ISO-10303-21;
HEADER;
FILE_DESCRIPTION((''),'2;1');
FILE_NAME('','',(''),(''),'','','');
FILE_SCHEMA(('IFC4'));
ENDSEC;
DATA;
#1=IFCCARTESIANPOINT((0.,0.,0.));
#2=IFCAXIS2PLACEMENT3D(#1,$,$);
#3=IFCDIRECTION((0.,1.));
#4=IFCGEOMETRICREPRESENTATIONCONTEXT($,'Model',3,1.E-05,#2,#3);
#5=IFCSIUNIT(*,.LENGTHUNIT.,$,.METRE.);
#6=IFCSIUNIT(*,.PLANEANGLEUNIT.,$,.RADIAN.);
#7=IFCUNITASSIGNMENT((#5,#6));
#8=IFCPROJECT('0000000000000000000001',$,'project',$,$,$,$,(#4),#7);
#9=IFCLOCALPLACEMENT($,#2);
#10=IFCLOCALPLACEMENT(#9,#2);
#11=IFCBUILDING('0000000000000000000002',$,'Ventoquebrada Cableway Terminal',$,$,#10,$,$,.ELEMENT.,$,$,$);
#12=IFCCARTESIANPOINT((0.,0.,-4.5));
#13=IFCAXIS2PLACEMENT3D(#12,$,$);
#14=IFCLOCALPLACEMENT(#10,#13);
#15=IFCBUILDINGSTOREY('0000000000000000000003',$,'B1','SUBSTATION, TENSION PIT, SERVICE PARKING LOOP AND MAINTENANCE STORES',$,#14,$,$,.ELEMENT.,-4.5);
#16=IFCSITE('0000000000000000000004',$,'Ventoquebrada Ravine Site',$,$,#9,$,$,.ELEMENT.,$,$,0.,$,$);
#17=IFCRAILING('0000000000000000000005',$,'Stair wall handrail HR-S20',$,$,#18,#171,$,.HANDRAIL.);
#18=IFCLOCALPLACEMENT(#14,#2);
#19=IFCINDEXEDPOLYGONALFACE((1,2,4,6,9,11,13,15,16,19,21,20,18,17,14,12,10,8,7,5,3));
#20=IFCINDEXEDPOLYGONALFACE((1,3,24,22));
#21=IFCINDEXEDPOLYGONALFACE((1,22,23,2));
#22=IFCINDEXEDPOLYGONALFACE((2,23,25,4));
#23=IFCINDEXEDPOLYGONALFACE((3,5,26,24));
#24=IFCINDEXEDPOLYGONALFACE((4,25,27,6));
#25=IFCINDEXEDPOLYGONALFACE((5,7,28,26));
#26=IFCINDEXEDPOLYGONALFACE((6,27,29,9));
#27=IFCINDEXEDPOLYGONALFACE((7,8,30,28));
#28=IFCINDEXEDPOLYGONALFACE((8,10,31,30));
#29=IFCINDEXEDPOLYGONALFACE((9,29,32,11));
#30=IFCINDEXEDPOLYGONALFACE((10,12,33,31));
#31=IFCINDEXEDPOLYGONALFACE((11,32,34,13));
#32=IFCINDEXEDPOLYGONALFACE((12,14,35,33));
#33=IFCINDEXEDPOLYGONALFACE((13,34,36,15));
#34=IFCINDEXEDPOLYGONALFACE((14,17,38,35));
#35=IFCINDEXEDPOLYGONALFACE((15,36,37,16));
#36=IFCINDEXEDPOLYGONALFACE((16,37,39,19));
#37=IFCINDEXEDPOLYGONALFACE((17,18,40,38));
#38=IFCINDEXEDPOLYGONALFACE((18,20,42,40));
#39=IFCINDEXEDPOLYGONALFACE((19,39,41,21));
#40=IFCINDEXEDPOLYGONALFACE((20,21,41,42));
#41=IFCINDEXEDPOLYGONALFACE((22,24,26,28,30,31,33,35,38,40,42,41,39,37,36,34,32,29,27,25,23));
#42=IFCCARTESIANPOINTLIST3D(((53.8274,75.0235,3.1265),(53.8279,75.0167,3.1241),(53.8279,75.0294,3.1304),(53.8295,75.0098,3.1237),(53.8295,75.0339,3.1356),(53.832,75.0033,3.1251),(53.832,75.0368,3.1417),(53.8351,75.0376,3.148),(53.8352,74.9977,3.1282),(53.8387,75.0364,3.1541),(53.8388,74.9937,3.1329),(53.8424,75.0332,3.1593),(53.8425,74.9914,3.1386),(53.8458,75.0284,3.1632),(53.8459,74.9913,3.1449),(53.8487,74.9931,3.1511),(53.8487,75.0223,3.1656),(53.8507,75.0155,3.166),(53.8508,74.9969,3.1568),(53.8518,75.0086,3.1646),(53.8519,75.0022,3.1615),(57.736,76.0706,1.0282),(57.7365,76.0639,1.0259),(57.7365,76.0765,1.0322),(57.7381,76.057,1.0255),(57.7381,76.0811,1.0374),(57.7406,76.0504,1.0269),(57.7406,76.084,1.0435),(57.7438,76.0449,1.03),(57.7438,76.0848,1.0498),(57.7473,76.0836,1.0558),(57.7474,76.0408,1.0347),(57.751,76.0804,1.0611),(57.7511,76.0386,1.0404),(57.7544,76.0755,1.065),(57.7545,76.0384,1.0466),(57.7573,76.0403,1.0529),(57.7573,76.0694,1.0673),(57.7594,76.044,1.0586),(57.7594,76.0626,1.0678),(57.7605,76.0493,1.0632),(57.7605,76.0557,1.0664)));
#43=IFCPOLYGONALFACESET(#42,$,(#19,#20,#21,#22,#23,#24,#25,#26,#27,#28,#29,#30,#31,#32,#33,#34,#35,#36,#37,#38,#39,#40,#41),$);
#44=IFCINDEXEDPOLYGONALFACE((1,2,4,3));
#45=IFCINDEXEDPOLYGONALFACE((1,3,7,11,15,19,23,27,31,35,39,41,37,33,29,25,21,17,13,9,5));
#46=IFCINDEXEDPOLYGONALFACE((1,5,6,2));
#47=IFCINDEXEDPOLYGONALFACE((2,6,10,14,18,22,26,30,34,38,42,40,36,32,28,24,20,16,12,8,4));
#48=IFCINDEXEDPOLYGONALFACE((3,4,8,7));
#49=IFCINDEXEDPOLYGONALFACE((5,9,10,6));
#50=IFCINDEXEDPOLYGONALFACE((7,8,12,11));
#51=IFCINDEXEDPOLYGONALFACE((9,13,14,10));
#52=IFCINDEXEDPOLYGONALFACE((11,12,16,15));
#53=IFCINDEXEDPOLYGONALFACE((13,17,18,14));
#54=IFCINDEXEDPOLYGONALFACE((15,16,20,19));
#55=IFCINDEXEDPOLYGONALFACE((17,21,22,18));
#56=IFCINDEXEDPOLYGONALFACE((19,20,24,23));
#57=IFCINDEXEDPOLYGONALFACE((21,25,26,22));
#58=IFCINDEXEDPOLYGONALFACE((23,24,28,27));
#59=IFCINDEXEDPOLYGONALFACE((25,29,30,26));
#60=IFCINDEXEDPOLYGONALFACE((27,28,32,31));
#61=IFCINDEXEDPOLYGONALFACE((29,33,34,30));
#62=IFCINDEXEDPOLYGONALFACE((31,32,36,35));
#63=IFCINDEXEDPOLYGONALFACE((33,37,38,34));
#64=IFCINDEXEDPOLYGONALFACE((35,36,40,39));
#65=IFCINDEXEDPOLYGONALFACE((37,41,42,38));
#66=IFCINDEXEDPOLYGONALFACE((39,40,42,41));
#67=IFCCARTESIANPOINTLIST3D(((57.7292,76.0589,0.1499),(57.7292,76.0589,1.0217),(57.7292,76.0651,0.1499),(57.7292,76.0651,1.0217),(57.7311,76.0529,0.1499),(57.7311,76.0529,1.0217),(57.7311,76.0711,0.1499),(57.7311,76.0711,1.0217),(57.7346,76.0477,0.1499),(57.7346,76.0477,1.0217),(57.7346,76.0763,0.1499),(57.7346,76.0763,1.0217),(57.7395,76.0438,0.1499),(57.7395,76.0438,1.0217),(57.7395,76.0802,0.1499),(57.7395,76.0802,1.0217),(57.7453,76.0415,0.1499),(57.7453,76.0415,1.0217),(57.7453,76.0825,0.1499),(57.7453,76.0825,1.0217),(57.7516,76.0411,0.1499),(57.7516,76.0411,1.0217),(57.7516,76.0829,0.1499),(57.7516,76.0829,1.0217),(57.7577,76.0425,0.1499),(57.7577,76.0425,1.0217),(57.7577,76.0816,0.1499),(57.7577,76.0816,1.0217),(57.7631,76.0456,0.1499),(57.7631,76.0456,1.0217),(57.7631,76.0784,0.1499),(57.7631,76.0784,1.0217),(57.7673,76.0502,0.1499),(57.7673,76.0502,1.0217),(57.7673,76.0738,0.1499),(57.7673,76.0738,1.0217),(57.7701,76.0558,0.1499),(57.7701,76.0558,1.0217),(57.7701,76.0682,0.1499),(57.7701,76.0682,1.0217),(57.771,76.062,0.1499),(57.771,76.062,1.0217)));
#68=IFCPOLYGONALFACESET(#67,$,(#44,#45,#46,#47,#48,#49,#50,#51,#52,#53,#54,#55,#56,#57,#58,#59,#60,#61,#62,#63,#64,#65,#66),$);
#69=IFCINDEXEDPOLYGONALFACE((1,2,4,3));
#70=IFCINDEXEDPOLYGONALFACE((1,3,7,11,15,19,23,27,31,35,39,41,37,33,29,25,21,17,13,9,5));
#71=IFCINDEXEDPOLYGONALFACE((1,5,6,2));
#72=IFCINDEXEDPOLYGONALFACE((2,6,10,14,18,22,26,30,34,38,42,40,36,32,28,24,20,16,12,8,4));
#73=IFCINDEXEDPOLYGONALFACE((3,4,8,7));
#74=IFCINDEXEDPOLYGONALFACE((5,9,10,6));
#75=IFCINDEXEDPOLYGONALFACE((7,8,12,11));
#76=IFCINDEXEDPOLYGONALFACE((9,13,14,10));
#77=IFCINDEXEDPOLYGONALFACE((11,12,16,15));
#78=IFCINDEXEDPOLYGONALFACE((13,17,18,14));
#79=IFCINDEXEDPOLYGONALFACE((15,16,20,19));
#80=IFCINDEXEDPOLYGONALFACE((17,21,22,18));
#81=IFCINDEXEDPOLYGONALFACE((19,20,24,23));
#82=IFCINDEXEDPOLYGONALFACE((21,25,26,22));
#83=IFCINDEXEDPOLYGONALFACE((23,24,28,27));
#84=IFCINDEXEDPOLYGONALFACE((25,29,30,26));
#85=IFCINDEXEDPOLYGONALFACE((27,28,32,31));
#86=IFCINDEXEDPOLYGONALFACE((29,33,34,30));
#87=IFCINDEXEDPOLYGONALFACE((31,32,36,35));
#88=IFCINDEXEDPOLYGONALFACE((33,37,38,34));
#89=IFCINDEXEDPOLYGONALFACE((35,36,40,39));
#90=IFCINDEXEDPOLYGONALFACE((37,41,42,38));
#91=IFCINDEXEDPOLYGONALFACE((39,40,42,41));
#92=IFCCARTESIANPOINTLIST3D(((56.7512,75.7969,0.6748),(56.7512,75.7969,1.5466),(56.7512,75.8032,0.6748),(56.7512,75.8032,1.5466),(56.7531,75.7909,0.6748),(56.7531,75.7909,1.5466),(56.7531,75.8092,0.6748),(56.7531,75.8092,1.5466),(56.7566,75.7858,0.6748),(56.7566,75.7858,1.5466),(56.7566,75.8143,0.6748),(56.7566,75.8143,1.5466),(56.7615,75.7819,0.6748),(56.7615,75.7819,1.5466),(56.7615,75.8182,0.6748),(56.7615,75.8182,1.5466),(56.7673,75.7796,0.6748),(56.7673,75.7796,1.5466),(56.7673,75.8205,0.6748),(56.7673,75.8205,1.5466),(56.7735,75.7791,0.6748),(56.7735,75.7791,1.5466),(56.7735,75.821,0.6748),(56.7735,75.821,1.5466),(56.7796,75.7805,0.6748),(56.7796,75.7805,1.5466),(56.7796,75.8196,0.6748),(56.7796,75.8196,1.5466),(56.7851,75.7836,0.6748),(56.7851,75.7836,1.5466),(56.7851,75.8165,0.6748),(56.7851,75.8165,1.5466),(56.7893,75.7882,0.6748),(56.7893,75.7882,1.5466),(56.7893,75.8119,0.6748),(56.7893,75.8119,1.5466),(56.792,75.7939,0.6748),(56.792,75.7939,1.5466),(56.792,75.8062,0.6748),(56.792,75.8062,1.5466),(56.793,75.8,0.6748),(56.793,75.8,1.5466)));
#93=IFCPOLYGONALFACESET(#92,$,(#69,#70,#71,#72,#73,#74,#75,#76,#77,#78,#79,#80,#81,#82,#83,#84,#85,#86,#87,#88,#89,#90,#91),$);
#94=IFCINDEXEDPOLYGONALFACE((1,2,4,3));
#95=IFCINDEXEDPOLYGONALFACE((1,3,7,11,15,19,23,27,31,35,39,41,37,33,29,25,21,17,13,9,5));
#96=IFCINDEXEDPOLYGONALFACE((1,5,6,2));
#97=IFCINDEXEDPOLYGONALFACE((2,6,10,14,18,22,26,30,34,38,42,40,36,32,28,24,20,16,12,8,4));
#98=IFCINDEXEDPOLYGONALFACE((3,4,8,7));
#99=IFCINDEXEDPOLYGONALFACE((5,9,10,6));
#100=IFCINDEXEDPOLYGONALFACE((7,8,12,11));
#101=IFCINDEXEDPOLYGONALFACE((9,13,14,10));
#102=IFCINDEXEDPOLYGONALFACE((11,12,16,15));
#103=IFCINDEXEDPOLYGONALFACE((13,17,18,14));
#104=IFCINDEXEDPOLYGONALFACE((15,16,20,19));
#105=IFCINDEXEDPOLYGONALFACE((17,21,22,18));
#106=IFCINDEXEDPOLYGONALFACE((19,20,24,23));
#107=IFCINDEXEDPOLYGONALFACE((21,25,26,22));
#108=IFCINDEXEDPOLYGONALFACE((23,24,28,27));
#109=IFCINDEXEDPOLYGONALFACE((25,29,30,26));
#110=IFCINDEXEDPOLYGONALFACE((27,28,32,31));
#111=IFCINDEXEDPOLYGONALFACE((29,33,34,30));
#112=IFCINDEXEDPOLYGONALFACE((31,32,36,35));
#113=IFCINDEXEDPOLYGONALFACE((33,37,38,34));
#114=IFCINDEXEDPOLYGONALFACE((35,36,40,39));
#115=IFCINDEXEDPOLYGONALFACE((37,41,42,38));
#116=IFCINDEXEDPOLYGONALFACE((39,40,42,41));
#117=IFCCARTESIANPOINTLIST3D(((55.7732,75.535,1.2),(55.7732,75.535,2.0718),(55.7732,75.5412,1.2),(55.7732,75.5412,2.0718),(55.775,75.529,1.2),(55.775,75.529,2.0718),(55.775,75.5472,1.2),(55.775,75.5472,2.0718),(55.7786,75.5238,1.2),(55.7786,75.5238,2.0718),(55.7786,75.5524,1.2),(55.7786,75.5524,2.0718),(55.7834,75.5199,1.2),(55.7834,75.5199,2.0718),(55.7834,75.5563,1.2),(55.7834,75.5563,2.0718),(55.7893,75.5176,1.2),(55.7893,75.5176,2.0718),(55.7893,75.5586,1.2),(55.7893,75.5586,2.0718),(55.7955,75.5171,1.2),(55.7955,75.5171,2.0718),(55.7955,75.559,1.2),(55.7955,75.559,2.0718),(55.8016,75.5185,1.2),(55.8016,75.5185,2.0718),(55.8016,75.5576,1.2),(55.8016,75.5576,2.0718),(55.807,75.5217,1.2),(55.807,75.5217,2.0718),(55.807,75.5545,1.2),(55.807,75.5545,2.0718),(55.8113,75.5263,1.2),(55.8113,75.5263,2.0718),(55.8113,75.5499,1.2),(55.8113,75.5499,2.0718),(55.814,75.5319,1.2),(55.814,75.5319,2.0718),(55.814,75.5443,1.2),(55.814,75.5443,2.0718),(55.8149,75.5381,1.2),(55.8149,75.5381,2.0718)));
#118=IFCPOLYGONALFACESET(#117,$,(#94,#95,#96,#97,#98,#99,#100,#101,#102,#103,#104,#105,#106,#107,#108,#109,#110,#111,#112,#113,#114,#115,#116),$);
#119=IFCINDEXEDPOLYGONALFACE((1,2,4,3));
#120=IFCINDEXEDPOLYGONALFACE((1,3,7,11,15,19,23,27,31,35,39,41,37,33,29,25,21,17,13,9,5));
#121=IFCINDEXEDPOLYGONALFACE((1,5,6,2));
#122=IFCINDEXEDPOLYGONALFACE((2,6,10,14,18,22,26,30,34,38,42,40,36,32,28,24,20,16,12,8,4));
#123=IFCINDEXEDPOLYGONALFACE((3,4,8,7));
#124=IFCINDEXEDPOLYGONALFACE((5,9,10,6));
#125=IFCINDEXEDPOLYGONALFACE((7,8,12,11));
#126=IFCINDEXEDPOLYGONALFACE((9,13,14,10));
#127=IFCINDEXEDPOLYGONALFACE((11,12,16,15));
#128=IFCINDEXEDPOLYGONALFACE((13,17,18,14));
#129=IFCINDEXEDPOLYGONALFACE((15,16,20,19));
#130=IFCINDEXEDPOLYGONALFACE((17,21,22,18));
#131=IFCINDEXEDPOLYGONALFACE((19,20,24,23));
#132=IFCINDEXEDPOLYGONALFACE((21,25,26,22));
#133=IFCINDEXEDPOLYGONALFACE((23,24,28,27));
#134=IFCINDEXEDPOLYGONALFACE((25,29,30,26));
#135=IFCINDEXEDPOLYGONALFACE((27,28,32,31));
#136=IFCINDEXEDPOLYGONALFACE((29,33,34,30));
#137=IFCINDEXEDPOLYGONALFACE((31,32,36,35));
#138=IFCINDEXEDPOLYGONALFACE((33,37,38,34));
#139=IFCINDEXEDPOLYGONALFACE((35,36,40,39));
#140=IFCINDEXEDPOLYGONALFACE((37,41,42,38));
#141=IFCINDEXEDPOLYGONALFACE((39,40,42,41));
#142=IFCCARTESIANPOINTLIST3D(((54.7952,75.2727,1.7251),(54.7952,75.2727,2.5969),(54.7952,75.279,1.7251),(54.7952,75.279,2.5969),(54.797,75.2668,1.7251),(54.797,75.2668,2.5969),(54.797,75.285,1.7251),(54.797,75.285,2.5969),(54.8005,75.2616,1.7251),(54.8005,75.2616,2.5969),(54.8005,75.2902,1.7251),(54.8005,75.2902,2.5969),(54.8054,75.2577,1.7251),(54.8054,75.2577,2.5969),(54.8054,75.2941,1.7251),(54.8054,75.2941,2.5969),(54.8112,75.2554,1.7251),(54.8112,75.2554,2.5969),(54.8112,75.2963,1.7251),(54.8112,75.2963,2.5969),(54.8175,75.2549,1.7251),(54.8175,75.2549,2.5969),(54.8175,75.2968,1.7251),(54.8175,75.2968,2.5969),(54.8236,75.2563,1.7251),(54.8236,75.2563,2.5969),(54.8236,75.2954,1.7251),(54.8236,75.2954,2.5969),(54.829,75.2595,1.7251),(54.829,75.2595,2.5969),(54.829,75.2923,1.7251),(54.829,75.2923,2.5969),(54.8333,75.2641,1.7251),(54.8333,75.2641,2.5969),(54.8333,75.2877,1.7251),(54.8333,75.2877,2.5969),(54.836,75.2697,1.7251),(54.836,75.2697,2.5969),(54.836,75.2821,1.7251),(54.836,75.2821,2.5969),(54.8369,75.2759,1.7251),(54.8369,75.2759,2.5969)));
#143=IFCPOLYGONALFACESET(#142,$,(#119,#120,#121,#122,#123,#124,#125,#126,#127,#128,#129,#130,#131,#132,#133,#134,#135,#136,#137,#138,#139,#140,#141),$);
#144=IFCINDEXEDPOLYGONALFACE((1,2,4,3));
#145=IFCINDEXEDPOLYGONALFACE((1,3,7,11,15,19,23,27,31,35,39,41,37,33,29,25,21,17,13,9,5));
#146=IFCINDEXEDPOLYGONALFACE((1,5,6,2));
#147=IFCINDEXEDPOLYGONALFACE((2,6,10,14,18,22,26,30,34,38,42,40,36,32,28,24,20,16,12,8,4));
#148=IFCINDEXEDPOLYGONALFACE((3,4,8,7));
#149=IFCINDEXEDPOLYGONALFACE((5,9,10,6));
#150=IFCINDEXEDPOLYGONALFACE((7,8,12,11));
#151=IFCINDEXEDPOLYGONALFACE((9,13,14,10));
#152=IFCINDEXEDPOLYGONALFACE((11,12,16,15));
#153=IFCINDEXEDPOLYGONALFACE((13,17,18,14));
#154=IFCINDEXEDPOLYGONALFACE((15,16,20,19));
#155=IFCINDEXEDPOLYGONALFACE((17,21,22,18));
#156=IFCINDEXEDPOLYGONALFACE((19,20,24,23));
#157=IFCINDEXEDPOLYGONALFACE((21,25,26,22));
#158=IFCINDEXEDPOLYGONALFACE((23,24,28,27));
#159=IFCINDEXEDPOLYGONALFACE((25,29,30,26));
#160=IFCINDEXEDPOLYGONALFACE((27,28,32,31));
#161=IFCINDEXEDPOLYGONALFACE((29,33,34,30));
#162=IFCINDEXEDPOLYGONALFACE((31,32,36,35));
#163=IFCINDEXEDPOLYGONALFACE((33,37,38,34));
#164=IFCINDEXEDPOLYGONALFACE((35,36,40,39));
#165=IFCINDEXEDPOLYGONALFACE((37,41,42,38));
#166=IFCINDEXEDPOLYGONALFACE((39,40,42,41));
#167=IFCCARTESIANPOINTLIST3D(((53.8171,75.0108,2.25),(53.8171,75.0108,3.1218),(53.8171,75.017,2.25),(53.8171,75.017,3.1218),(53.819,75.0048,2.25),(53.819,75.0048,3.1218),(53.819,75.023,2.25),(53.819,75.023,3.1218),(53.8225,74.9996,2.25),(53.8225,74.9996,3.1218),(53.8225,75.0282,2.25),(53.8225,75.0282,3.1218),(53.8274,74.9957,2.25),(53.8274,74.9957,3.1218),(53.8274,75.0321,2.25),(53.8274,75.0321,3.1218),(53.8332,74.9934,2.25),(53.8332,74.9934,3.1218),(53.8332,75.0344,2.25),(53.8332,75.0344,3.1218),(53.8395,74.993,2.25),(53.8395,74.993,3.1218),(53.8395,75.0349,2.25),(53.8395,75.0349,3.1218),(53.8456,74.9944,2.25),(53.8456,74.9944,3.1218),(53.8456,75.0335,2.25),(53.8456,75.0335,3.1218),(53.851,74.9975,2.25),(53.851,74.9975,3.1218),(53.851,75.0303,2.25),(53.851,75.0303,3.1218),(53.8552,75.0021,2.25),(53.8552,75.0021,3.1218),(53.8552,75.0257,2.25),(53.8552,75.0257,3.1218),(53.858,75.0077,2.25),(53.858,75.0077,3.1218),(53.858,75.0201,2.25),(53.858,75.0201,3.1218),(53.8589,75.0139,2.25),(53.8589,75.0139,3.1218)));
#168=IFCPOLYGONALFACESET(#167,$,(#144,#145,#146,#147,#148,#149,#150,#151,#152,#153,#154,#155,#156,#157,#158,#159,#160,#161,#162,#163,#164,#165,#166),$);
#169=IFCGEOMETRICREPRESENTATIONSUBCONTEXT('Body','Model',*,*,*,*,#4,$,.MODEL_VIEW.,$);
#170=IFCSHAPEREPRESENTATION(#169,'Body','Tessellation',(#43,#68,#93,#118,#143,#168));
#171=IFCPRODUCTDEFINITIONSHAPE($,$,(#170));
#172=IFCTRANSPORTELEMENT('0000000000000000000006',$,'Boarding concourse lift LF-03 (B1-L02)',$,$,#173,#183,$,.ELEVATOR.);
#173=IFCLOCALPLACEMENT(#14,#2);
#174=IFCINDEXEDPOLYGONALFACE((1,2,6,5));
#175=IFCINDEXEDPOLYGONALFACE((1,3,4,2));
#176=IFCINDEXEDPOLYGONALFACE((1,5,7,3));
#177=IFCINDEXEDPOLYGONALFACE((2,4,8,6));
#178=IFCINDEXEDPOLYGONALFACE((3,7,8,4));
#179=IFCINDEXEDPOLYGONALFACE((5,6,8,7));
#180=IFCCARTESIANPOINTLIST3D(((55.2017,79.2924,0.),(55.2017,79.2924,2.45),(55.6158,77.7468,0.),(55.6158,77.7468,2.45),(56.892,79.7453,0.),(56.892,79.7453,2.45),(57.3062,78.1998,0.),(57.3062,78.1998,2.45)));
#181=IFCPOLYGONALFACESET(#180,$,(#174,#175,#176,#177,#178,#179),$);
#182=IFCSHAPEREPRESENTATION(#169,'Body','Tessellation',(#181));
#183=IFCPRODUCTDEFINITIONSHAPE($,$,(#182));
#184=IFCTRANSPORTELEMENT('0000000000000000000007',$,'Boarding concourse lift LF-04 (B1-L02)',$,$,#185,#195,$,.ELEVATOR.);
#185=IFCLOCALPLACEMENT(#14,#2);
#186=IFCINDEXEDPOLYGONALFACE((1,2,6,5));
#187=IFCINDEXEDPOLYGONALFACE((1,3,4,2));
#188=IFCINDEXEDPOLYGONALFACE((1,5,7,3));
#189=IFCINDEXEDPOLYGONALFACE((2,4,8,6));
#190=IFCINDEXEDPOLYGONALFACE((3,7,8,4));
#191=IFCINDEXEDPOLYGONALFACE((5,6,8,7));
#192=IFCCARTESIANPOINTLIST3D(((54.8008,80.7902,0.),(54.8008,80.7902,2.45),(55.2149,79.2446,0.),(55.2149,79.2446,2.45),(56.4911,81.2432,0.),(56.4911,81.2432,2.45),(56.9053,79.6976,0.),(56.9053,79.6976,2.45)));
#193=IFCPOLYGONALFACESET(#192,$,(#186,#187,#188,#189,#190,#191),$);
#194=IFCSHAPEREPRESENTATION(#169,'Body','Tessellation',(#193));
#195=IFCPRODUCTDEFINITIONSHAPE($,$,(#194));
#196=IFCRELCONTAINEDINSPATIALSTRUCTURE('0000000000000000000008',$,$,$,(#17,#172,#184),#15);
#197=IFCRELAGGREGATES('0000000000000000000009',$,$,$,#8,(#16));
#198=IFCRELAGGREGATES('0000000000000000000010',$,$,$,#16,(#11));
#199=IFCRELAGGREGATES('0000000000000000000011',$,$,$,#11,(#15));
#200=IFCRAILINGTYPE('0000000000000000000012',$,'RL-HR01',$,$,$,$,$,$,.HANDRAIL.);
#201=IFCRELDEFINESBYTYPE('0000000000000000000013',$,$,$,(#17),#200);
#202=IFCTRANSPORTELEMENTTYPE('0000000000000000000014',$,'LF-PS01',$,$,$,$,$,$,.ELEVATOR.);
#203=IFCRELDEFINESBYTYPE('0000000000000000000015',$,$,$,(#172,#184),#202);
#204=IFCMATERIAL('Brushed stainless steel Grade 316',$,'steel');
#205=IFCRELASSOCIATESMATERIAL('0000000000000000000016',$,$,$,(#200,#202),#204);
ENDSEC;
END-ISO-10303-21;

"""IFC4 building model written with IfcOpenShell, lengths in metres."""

from ifc_helpers import new_model, si_unit, direction, frame, origin, origin_2d, place, context, subcontext, project, spatial, rectangle, circle, extrude, material, type_object, element, save


model = new_model("IFC4")

# Units and contexts
model_context = context("Model", 3, precision=1e-05, world=origin(), true_north=direction((0.0, 1.0)))
body_context = subcontext(model_context, "Body", "Model", "MODEL_VIEW")
ifc_project = project(units=[si_unit("LENGTHUNIT", "METRE"), si_unit("PLANEANGLEUNIT", "RADIAN")], contexts=[model_context])

# Site, building, storey
site_placement = place(None, origin())
site = spatial("IfcSite", under=ifc_project, at=site_placement, Name="Ventoquebrada Ravine Site", CompositionType="ELEMENT", RefElevation=0.0)
building_placement = place(site_placement, origin())
building = spatial("IfcBuilding", under=site, at=building_placement, Name="Ventoquebrada Cableway Terminal", CompositionType="ELEMENT")
storey_placement = place(building_placement, frame((0.0, 0.0, -4.5)))
storey = spatial("IfcBuildingStorey", under=building, at=storey_placement, Name="B1", Description="SUBSTATION, TENSION PIT, SERVICE PARKING LOOP AND MAINTENANCE STORES", CompositionType="ELEMENT", Elevation=-4.5)

# Shared definitions
ifc_material_1 = material(Name="Brushed stainless steel Grade 316", Category="steel")

# Railing
railing_type = type_object("IfcRailingType", Name="RL-HR01", PredefinedType="HANDRAIL", material=ifc_material_1)
railing_placement = place(storey_placement, frame((57.75, 76.062, 0.1499)))
element("IfcRailing", 1, at=railing_placement, inside=storey, type_object=railing_type, Name="Stair wall handrail HR-S20", PredefinedType="HANDRAIL", context=body_context, shape_type="SweptSolid", body=[
    extrude(circle(Radius=0.0239, at=origin_2d()), frame((-0.0017, -0.0005, 0.8967), z_axis=(-0.857508, -0.229736, 0.460327), x_axis=(0.258784, -0.965935, 0.0)), (0.0, 0.0, 1.0), 4.5581),
    extrude(circle(Radius=0.021, at=origin_2d()), origin(), (0.0, 0.0, 1.0), 0.8718),
    extrude(circle(Radius=0.021, at=origin_2d()), frame((-0.978, -0.262, 0.5249)), (0.0, 0.0, 1.0), 0.8718),
    extrude(circle(Radius=0.021, at=origin_2d()), frame((-1.9561, -0.5239, 1.05)), (0.0, 0.0, 1.0), 0.8718),
    extrude(circle(Radius=0.021, at=origin_2d()), frame((-2.9341, -0.7861, 1.5752)), (0.0, 0.0, 1.0), 0.8718),
    extrude(circle(Radius=0.021, at=origin_2d()), frame((-3.9121, -1.0481, 2.1001)), (0.0, 0.0, 1.0), 0.8718),
])

# Transport elements
transport_element_type = type_object("IfcTransportElementType", Name="LF-PS01", PredefinedType="ELEVATOR", material=ifc_material_1)
for number, where, z_axis, x_axis, name in (
    (2, (56.2539, 78.7461, 0.0), (0.0, 0.0, 1.0), (0.965926, 0.258819, 0.0), "Boarding concourse lift LF-03 (B1-L02)"),
    (3, (55.853, 80.2439, 0.0), (0.0, 0.0, 1.0), (0.965926, 0.258819, 0.0), "Boarding concourse lift LF-04 (B1-L02)"),
):
    element("IfcTransportElement", number, at=place(storey_placement, frame(where, z_axis=z_axis, x_axis=x_axis)), inside=storey, type_object=transport_element_type, Name=name, PredefinedType="ELEVATOR", context=body_context, shape_type="SweptSolid", body=[
        extrude(rectangle(XDim=1.75, YDim=1.6001, at=origin_2d()), origin(), (0.0, 0.0, 1.0), 2.45),
    ])

save(model, "model.ifc")
